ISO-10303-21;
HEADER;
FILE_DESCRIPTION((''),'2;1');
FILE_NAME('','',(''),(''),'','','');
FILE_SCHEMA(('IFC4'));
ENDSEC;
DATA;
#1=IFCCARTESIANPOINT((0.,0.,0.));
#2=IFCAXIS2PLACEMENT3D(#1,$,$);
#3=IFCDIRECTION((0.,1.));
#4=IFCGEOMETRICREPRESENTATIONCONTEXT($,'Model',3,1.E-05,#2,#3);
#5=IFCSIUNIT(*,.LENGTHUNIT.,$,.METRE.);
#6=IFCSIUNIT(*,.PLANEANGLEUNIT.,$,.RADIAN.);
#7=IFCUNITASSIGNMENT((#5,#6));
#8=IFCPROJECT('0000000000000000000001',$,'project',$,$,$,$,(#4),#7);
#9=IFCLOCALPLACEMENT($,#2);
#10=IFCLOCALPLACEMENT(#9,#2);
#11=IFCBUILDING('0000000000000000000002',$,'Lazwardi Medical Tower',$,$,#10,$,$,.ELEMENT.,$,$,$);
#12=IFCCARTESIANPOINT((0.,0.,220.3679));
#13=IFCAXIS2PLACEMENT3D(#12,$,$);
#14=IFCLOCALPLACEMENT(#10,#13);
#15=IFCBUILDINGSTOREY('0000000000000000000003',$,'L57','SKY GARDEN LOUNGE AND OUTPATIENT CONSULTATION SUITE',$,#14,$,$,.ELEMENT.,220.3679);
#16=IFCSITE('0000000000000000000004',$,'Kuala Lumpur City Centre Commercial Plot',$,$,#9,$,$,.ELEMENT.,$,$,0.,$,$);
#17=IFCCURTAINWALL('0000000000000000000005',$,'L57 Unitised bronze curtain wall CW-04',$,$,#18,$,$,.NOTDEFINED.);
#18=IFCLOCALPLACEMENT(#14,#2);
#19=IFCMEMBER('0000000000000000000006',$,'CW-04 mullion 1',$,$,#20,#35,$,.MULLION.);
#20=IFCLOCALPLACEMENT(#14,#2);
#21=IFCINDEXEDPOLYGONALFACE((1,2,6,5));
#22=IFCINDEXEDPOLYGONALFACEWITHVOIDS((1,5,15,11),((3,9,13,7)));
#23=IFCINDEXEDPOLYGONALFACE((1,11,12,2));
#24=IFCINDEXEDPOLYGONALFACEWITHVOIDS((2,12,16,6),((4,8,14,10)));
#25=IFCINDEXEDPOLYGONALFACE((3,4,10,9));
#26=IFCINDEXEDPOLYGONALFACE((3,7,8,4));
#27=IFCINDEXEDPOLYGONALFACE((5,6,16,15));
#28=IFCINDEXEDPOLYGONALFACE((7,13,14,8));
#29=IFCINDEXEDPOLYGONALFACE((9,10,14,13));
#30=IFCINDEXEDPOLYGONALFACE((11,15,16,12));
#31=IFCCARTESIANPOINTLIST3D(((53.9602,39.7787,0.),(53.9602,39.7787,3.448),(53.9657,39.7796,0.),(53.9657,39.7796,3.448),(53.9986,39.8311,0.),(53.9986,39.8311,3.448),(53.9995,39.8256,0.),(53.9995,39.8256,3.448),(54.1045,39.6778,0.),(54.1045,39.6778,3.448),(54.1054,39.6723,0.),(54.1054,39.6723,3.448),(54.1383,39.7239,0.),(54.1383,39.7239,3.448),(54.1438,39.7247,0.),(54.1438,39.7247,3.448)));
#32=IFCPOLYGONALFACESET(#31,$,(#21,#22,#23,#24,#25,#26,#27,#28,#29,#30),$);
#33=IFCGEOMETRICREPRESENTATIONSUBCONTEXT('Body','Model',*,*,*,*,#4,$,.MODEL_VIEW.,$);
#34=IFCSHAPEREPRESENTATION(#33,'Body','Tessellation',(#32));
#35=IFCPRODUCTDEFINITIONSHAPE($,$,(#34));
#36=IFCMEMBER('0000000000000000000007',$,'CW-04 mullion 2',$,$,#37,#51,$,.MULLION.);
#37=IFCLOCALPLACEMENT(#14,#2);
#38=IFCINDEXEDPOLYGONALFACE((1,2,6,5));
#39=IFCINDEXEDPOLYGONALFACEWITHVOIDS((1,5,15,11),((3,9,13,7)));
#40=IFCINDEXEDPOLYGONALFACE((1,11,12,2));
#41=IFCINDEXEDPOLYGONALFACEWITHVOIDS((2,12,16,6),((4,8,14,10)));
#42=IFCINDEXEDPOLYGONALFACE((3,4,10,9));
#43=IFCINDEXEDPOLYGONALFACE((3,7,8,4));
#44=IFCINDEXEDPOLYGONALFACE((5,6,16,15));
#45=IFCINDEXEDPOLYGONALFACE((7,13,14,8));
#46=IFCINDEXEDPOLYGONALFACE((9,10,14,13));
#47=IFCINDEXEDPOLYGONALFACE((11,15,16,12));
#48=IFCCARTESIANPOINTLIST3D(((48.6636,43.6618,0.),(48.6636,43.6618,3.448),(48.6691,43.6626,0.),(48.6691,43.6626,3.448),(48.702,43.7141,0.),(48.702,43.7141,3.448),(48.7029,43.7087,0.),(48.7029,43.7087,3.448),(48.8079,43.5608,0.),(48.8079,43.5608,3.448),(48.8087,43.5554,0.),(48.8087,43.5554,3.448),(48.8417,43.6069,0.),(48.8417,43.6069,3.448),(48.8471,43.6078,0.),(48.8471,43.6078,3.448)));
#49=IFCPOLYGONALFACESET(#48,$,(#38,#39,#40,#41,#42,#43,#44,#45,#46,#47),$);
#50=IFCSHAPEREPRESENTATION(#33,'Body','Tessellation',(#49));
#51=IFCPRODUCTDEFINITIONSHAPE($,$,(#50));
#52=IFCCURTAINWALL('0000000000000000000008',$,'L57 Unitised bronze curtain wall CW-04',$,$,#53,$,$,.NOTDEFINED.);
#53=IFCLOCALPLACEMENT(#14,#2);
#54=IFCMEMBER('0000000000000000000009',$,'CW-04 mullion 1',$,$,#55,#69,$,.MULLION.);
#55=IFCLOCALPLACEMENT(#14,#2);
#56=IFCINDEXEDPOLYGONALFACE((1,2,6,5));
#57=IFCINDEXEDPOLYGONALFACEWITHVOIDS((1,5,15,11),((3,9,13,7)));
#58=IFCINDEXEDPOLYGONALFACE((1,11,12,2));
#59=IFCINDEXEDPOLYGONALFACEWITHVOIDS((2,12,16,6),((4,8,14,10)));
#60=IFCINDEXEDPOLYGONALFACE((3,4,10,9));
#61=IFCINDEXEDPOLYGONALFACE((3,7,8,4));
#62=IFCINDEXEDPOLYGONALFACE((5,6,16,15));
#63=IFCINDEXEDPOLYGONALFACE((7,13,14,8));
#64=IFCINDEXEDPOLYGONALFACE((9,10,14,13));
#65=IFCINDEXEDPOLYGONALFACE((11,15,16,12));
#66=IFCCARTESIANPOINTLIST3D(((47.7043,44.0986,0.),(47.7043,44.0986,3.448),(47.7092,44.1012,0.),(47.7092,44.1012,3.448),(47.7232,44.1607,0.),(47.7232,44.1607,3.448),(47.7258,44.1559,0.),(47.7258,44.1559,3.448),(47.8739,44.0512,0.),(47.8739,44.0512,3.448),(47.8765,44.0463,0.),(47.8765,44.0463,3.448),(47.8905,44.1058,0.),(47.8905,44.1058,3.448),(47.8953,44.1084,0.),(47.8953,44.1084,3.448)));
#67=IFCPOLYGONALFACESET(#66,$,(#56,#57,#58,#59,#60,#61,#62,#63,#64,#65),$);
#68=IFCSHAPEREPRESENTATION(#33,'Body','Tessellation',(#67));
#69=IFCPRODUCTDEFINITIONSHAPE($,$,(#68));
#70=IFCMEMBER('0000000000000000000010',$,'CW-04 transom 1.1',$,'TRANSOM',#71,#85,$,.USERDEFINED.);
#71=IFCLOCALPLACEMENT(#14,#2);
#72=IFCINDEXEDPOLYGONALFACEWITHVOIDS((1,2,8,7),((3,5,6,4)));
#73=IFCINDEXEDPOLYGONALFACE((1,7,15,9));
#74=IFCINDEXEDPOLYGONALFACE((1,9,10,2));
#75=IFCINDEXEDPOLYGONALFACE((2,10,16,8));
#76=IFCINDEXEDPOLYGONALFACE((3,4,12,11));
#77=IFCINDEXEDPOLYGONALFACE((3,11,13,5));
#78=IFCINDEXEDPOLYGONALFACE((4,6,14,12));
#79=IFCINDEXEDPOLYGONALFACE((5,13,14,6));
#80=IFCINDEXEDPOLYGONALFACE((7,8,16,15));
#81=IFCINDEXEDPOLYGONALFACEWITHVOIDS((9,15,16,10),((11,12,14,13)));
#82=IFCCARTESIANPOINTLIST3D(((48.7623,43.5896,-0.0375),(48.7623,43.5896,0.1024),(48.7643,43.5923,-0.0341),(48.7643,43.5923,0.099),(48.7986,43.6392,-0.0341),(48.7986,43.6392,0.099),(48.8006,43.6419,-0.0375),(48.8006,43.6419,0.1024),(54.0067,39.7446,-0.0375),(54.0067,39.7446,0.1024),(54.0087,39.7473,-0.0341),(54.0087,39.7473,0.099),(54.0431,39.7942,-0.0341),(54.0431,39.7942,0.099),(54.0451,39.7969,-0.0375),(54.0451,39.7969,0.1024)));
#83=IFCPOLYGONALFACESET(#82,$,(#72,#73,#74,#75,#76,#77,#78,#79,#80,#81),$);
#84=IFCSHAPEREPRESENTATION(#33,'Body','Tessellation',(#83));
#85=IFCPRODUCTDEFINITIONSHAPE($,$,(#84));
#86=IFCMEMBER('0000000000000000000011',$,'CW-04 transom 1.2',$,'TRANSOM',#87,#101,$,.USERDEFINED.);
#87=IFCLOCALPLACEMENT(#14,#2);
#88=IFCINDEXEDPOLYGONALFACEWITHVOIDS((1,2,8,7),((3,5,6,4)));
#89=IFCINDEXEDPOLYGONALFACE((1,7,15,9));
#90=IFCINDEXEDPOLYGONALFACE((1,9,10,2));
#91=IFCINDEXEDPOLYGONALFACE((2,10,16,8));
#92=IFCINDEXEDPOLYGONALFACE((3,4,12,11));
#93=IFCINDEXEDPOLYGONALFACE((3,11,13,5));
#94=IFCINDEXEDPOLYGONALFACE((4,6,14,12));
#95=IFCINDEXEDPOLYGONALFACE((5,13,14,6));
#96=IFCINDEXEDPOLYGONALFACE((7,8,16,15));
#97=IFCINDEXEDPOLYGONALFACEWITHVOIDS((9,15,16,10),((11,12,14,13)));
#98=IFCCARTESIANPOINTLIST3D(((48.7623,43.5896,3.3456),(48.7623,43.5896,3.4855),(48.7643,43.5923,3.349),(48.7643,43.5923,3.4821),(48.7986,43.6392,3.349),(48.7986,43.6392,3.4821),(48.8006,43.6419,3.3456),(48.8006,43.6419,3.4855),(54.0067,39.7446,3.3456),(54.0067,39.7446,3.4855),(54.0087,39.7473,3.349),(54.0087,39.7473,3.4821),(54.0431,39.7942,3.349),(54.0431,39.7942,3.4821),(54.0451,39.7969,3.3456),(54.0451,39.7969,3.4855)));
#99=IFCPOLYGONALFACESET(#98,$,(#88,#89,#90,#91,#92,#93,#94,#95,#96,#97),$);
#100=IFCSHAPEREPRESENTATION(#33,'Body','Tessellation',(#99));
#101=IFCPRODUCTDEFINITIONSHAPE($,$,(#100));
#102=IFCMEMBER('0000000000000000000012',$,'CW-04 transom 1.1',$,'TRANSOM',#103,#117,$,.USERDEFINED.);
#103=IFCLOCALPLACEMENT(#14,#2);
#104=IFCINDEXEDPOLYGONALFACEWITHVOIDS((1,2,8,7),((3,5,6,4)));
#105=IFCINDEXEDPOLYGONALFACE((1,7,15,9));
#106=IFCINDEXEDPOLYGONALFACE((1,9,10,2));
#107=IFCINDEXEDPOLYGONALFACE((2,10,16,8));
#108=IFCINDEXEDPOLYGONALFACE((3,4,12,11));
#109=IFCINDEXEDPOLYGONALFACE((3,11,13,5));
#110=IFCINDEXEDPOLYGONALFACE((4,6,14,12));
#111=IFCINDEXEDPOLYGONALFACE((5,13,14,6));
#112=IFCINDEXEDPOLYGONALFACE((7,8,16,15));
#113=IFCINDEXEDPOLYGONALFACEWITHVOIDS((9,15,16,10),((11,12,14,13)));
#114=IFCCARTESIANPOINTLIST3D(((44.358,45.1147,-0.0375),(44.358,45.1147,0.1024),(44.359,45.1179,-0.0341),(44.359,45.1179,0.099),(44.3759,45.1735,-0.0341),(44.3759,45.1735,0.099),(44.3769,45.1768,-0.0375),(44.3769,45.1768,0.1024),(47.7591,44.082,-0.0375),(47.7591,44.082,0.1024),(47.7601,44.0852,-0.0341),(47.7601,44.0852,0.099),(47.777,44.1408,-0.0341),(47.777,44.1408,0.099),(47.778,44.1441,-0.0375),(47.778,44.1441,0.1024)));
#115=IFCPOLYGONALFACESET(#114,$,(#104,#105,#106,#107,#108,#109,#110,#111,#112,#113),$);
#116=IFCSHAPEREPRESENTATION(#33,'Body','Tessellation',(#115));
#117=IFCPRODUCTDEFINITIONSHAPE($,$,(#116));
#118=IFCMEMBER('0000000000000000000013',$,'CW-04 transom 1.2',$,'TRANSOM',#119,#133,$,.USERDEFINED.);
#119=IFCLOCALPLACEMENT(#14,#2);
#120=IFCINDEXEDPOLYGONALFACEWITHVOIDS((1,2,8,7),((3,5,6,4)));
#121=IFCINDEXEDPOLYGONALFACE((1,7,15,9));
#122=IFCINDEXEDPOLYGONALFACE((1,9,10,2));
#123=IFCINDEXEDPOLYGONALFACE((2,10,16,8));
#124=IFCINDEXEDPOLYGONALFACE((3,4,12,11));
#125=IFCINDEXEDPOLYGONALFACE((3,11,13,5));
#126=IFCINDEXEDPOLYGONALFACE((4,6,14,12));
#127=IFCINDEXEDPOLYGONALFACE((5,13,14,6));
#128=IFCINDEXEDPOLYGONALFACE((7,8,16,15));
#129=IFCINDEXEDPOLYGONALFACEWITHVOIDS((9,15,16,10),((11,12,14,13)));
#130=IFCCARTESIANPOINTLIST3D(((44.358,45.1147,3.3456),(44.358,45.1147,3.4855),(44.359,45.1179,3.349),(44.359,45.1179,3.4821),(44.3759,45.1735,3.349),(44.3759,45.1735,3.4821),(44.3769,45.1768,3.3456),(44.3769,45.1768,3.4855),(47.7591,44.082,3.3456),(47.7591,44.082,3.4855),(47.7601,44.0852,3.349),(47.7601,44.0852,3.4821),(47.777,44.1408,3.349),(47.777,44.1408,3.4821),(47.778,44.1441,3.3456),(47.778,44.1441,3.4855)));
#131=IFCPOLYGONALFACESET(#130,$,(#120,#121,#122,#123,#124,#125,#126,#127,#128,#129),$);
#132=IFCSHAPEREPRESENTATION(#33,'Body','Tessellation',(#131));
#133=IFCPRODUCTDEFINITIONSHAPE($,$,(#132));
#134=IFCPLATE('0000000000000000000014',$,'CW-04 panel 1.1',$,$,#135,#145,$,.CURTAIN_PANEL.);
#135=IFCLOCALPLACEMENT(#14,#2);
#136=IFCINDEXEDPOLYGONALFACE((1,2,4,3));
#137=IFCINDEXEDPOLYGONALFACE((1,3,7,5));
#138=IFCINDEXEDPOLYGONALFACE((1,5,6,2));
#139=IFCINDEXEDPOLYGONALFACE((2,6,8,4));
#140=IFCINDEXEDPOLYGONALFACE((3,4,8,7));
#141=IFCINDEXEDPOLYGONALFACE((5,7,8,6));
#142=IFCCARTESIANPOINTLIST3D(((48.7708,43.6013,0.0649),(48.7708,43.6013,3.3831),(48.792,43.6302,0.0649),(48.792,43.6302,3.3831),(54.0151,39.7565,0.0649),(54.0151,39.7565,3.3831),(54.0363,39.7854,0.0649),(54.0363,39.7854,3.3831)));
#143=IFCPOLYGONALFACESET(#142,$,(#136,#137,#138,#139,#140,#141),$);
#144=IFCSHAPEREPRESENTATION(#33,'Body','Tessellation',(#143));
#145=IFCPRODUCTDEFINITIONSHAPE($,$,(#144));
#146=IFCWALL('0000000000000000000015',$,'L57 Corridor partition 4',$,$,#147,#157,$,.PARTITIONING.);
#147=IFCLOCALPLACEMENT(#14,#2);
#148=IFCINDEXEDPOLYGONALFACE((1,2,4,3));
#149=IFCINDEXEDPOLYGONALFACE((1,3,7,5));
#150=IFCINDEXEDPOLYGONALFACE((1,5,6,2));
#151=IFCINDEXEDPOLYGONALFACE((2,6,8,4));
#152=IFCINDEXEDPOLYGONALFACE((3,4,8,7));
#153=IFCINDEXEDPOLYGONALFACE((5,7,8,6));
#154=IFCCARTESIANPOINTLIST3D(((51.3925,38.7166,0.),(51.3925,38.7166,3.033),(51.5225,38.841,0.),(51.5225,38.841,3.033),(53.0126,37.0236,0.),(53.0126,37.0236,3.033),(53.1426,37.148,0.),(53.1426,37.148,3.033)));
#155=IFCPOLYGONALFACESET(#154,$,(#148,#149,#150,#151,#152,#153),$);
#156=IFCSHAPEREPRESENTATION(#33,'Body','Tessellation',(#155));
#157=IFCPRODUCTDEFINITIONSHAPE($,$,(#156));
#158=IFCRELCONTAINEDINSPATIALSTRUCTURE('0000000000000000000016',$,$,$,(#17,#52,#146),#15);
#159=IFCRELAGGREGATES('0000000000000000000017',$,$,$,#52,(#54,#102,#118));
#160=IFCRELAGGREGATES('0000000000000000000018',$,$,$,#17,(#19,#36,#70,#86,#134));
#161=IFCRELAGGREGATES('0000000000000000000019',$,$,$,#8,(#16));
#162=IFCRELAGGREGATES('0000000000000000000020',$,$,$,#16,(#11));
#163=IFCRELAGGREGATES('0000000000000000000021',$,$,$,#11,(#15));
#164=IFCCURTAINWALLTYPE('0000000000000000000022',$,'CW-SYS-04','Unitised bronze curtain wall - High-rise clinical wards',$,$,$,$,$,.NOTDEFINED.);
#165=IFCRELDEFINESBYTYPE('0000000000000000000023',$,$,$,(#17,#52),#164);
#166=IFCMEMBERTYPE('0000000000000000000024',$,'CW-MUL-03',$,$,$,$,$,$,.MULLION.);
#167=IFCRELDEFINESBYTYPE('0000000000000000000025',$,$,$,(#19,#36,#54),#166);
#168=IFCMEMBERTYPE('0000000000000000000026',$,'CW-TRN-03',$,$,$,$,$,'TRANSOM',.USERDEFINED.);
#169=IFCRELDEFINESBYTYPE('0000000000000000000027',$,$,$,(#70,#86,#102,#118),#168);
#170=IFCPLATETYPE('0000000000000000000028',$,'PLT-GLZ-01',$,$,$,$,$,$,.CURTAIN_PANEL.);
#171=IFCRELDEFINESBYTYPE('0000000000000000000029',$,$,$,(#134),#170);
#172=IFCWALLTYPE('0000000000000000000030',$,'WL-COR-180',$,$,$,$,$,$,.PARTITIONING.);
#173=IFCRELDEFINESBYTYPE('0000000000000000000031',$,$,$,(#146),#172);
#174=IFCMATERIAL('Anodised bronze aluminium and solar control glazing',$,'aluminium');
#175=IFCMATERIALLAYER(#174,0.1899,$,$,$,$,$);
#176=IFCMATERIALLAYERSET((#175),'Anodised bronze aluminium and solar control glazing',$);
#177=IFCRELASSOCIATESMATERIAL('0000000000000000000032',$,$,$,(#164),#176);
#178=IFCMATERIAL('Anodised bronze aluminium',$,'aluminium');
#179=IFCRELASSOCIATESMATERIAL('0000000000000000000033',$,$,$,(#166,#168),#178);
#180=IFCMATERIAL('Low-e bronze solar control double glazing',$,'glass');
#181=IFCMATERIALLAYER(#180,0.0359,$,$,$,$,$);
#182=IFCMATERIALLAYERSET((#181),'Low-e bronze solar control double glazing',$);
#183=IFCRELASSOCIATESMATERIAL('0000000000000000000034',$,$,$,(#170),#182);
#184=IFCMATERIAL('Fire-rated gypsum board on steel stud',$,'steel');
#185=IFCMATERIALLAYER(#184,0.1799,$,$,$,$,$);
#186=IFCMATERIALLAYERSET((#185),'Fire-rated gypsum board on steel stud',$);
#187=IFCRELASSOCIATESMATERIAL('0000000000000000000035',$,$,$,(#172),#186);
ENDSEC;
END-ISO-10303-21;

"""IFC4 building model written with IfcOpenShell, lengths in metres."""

from ifc_helpers import new_model, si_unit, direction, frame, frame_2d, origin, origin_2d, place, context, subcontext, project, spatial, rectangle, hollow_rectangle, extrude, material, layer, layer_set, material_profile, profile_set, type_object, element, aggregate, save


model = new_model("IFC4")

# Units and contexts
model_context = context("Model", 3, precision=1e-05, world=origin(), true_north=direction((0.0, 1.0)))
body_context = subcontext(model_context, "Body", "Model", "MODEL_VIEW")
ifc_project = project(units=[si_unit("LENGTHUNIT", "METRE"), si_unit("PLANEANGLEUNIT", "RADIAN")], contexts=[model_context])

# Site, building, storey
site_placement = place(None, origin())
site = spatial("IfcSite", under=ifc_project, at=site_placement, Name="Kuala Lumpur City Centre Commercial Plot", CompositionType="ELEMENT", RefElevation=0.0)
building_placement = place(site_placement, origin())
building = spatial("IfcBuilding", under=site, at=building_placement, Name="Lazwardi Medical Tower", CompositionType="ELEMENT")
storey_placement = place(building_placement, frame((0.0, 0.0, 220.3679)))
storey = spatial("IfcBuildingStorey", under=building, at=storey_placement, Name="L57", Description="SKY GARDEN LOUNGE AND OUTPATIENT CONSULTATION SUITE", CompositionType="ELEMENT", Elevation=220.3679)

# Shared definitions
ifc_material_1 = material(Name="Anodised bronze aluminium and solar control glazing", Category="aluminium")
ifc_layer_1 = layer(ifc_material_1, 0.1899)
ifc_layer_set_1 = layer_set([ifc_layer_1], Name="Anodised bronze aluminium and solar control glazing")
curtain_wall_type = type_object("IfcCurtainWallType", Name="CW-SYS-04", Description="Unitised bronze curtain wall - High-rise clinical wards", PredefinedType="NOTDEFINED", material=ifc_layer_set_1)
ifc_material_2 = material(Name="Anodised bronze aluminium", Category="aluminium")
ifc_material_profile_1 = material_profile(ifc_material_2, hollow_rectangle(XDim=0.0649, YDim=0.1799, WallThickness=0.0039, at=origin_2d()), Name="ALU-MULLION 180x65x4")
ifc_profile_set_1 = profile_set([ifc_material_profile_1], Name="Anodised bronze aluminium")
member_type_1 = type_object("IfcMemberType", Name="CW-MUL-03", PredefinedType="MULLION", material=ifc_profile_set_1)

# Curtain wall, members
curtain_wall_1_placement = place(storey_placement, origin())
curtain_wall_1 = element("IfcCurtainWall", 1, at=curtain_wall_1_placement, inside=storey, type_object=curtain_wall_type, Name="L57 Unitised bronze curtain wall CW-04", PredefinedType="NOTDEFINED")
member_1_placement = place(storey_placement, frame((54.052, 39.7517, 0.0), z_axis=(0.0, 0.0, 1.0), x_axis=(-0.591268, -0.806475, 0.0)))
member_1 = element("IfcMember", 2, at=member_1_placement, type_object=member_type_1, Name="CW-04 mullion 1", PredefinedType="MULLION", context=body_context, shape_type="SweptSolid", body=[
    extrude(hollow_rectangle(XDim=0.0649, YDim=0.1799, WallThickness=0.0039, at=origin_2d()), origin(), (0.0, 0.0, 1.0), 3.448),
])
member_2_placement = place(storey_placement, frame((48.7554, 43.6348, 0.0), z_axis=(0.0, 0.0, 1.0), x_axis=(-0.591268, -0.806475, 0.0)))
member_2 = element("IfcMember", 3, at=member_2_placement, type_object=member_type_1, Name="CW-04 mullion 2", PredefinedType="MULLION", context=body_context, shape_type="SweptSolid", body=[
    extrude(hollow_rectangle(XDim=0.0649, YDim=0.1799, WallThickness=0.0039, at=origin_2d()), origin(), (0.0, 0.0, 1.0), 3.448),
])

# Curtain wall, member
curtain_wall_2_placement = place(storey_placement, origin())
curtain_wall_2 = element("IfcCurtainWall", 4, at=curtain_wall_2_placement, inside=storey, type_object=curtain_wall_type, Name="L57 Unitised bronze curtain wall CW-04", PredefinedType="NOTDEFINED")
member_3_placement = place(storey_placement, frame((47.7998, 44.1035, 0.0), z_axis=(0.0, 0.0, 1.0), x_axis=(-0.290582, -0.95685, 0.0)))
member_3 = element("IfcMember", 5, at=member_3_placement, type_object=member_type_1, Name="CW-04 mullion 1", PredefinedType="MULLION", context=body_context, shape_type="SweptSolid", body=[
    extrude(hollow_rectangle(XDim=0.0649, YDim=0.1799, WallThickness=0.0039, at=origin_2d()), origin(), (0.0, 0.0, 1.0), 3.448),
])

# Members
ifc_material_profile_2 = material_profile(ifc_material_2, hollow_rectangle(XDim=0.0649, YDim=0.1399, WallThickness=0.0034, at=origin_2d()), Name="ALU-TRANSOM 140x65x3.5")
ifc_profile_set_2 = profile_set([ifc_material_profile_2], Name="Anodised bronze aluminium")
member_type_2 = type_object("IfcMemberType", Name="CW-TRN-03", ElementType="TRANSOM", PredefinedType="USERDEFINED", material=ifc_profile_set_2)
member_4_placement = place(storey_placement, frame((54.0259, 39.7708, 0.0325), z_axis=(-0.806472, 0.591273, 0.0), x_axis=(-0.591273, -0.806472, 0.0)))
member_4 = element("IfcMember", 6, at=member_4_placement, type_object=member_type_2, Name="CW-04 transom 1.1", ObjectType="TRANSOM", PredefinedType="USERDEFINED", context=body_context, shape_type="SweptSolid", body=[
    extrude(hollow_rectangle(XDim=0.0649, YDim=0.1399, WallThickness=0.0034, at=origin_2d()), origin(), (0.0, 0.0, 1.0), 6.5029),
])
member_5_placement = place(storey_placement, frame((54.0259, 39.7708, 3.4155), z_axis=(-0.806472, 0.591273, 0.0), x_axis=(-0.591273, -0.806472, 0.0)))
member_5 = element("IfcMember", 7, at=member_5_placement, type_object=member_type_2, Name="CW-04 transom 1.2", ObjectType="TRANSOM", PredefinedType="USERDEFINED", context=body_context, shape_type="SweptSolid", body=[
    extrude(hollow_rectangle(XDim=0.0649, YDim=0.1399, WallThickness=0.0034, at=origin_2d()), origin(), (0.0, 0.0, 1.0), 6.5029),
])
member_6_placement = place(storey_placement, frame((47.7686, 44.113, 0.0325), z_axis=(-0.956863, 0.290541, 0.0), x_axis=(-0.290541, -0.956863, 0.0)))
member_6 = element("IfcMember", 8, at=member_6_placement, type_object=member_type_2, Name="CW-04 transom 1.1", ObjectType="TRANSOM", PredefinedType="USERDEFINED", context=body_context, shape_type="SweptSolid", body=[
    extrude(hollow_rectangle(XDim=0.0649, YDim=0.1399, WallThickness=0.0034, at=origin_2d()), origin(), (0.0, 0.0, 1.0), 3.5544),
])
member_7_placement = place(storey_placement, frame((47.7686, 44.113, 3.4155), z_axis=(-0.956863, 0.290541, 0.0), x_axis=(-0.290541, -0.956863, 0.0)))
member_7 = element("IfcMember", 9, at=member_7_placement, type_object=member_type_2, Name="CW-04 transom 1.2", ObjectType="TRANSOM", PredefinedType="USERDEFINED", context=body_context, shape_type="SweptSolid", body=[
    extrude(hollow_rectangle(XDim=0.0649, YDim=0.1399, WallThickness=0.0034, at=origin_2d()), origin(), (0.0, 0.0, 1.0), 3.5544),
])
aggregate(curtain_wall_2, [member_3, member_6, member_7])

# Plate
ifc_material_3 = material(Name="Low-e bronze solar control double glazing", Category="glass")
ifc_layer_2 = layer(ifc_material_3, 0.0359)
ifc_layer_set_2 = layer_set([ifc_layer_2], Name="Low-e bronze solar control double glazing")
plate_type = type_object("IfcPlateType", Name="PLT-GLZ-01", PredefinedType="CURTAIN_PANEL", material=ifc_layer_set_2)
plate_placement = place(storey_placement, frame((51.4036, 41.6934, 0.0649), z_axis=(0.0, 0.0, 1.0), x_axis=(-0.806475, 0.591268, 0.0)))
plate = element("IfcPlate", 10, at=plate_placement, type_object=plate_type, Name="CW-04 panel 1.1", PredefinedType="CURTAIN_PANEL", context=body_context, shape_type="SweptSolid", body=[
    extrude(rectangle(XDim=6.5027, YDim=0.0359, at=origin_2d()), origin(), (0.0, 0.0, 1.0), 3.3181),
])
aggregate(curtain_wall_1, [member_1, member_2, member_4, member_5, plate])

# Wall
ifc_material_4 = material(Name="Fire-rated gypsum board on steel stud", Category="steel")
ifc_layer_3 = layer(ifc_material_4, 0.1799)
ifc_layer_set_3 = layer_set([ifc_layer_3], Name="Fire-rated gypsum board on steel stud")
wall_type = type_object("IfcWallType", Name="WL-COR-180", PredefinedType="PARTITIONING", material=ifc_layer_set_3)
wall_1_placement = place(storey_placement, frame((51.4575, 38.7788, 0.0), z_axis=(0.0, 0.0, 1.0), x_axis=(0.69136, -0.722511, 0.0)))
element("IfcWall", 11, at=wall_1_placement, inside=storey, type_object=wall_type, Name="L57 Corridor partition 4", PredefinedType="PARTITIONING", context=body_context, shape_type="SweptSolid", body=[
    extrude(rectangle(XDim=2.3433, YDim=0.1799, at=frame_2d((1.1716, 0.0))), origin(), (0.0, 0.0, 1.0), 3.033),
])

save(model, "model.ifc")
